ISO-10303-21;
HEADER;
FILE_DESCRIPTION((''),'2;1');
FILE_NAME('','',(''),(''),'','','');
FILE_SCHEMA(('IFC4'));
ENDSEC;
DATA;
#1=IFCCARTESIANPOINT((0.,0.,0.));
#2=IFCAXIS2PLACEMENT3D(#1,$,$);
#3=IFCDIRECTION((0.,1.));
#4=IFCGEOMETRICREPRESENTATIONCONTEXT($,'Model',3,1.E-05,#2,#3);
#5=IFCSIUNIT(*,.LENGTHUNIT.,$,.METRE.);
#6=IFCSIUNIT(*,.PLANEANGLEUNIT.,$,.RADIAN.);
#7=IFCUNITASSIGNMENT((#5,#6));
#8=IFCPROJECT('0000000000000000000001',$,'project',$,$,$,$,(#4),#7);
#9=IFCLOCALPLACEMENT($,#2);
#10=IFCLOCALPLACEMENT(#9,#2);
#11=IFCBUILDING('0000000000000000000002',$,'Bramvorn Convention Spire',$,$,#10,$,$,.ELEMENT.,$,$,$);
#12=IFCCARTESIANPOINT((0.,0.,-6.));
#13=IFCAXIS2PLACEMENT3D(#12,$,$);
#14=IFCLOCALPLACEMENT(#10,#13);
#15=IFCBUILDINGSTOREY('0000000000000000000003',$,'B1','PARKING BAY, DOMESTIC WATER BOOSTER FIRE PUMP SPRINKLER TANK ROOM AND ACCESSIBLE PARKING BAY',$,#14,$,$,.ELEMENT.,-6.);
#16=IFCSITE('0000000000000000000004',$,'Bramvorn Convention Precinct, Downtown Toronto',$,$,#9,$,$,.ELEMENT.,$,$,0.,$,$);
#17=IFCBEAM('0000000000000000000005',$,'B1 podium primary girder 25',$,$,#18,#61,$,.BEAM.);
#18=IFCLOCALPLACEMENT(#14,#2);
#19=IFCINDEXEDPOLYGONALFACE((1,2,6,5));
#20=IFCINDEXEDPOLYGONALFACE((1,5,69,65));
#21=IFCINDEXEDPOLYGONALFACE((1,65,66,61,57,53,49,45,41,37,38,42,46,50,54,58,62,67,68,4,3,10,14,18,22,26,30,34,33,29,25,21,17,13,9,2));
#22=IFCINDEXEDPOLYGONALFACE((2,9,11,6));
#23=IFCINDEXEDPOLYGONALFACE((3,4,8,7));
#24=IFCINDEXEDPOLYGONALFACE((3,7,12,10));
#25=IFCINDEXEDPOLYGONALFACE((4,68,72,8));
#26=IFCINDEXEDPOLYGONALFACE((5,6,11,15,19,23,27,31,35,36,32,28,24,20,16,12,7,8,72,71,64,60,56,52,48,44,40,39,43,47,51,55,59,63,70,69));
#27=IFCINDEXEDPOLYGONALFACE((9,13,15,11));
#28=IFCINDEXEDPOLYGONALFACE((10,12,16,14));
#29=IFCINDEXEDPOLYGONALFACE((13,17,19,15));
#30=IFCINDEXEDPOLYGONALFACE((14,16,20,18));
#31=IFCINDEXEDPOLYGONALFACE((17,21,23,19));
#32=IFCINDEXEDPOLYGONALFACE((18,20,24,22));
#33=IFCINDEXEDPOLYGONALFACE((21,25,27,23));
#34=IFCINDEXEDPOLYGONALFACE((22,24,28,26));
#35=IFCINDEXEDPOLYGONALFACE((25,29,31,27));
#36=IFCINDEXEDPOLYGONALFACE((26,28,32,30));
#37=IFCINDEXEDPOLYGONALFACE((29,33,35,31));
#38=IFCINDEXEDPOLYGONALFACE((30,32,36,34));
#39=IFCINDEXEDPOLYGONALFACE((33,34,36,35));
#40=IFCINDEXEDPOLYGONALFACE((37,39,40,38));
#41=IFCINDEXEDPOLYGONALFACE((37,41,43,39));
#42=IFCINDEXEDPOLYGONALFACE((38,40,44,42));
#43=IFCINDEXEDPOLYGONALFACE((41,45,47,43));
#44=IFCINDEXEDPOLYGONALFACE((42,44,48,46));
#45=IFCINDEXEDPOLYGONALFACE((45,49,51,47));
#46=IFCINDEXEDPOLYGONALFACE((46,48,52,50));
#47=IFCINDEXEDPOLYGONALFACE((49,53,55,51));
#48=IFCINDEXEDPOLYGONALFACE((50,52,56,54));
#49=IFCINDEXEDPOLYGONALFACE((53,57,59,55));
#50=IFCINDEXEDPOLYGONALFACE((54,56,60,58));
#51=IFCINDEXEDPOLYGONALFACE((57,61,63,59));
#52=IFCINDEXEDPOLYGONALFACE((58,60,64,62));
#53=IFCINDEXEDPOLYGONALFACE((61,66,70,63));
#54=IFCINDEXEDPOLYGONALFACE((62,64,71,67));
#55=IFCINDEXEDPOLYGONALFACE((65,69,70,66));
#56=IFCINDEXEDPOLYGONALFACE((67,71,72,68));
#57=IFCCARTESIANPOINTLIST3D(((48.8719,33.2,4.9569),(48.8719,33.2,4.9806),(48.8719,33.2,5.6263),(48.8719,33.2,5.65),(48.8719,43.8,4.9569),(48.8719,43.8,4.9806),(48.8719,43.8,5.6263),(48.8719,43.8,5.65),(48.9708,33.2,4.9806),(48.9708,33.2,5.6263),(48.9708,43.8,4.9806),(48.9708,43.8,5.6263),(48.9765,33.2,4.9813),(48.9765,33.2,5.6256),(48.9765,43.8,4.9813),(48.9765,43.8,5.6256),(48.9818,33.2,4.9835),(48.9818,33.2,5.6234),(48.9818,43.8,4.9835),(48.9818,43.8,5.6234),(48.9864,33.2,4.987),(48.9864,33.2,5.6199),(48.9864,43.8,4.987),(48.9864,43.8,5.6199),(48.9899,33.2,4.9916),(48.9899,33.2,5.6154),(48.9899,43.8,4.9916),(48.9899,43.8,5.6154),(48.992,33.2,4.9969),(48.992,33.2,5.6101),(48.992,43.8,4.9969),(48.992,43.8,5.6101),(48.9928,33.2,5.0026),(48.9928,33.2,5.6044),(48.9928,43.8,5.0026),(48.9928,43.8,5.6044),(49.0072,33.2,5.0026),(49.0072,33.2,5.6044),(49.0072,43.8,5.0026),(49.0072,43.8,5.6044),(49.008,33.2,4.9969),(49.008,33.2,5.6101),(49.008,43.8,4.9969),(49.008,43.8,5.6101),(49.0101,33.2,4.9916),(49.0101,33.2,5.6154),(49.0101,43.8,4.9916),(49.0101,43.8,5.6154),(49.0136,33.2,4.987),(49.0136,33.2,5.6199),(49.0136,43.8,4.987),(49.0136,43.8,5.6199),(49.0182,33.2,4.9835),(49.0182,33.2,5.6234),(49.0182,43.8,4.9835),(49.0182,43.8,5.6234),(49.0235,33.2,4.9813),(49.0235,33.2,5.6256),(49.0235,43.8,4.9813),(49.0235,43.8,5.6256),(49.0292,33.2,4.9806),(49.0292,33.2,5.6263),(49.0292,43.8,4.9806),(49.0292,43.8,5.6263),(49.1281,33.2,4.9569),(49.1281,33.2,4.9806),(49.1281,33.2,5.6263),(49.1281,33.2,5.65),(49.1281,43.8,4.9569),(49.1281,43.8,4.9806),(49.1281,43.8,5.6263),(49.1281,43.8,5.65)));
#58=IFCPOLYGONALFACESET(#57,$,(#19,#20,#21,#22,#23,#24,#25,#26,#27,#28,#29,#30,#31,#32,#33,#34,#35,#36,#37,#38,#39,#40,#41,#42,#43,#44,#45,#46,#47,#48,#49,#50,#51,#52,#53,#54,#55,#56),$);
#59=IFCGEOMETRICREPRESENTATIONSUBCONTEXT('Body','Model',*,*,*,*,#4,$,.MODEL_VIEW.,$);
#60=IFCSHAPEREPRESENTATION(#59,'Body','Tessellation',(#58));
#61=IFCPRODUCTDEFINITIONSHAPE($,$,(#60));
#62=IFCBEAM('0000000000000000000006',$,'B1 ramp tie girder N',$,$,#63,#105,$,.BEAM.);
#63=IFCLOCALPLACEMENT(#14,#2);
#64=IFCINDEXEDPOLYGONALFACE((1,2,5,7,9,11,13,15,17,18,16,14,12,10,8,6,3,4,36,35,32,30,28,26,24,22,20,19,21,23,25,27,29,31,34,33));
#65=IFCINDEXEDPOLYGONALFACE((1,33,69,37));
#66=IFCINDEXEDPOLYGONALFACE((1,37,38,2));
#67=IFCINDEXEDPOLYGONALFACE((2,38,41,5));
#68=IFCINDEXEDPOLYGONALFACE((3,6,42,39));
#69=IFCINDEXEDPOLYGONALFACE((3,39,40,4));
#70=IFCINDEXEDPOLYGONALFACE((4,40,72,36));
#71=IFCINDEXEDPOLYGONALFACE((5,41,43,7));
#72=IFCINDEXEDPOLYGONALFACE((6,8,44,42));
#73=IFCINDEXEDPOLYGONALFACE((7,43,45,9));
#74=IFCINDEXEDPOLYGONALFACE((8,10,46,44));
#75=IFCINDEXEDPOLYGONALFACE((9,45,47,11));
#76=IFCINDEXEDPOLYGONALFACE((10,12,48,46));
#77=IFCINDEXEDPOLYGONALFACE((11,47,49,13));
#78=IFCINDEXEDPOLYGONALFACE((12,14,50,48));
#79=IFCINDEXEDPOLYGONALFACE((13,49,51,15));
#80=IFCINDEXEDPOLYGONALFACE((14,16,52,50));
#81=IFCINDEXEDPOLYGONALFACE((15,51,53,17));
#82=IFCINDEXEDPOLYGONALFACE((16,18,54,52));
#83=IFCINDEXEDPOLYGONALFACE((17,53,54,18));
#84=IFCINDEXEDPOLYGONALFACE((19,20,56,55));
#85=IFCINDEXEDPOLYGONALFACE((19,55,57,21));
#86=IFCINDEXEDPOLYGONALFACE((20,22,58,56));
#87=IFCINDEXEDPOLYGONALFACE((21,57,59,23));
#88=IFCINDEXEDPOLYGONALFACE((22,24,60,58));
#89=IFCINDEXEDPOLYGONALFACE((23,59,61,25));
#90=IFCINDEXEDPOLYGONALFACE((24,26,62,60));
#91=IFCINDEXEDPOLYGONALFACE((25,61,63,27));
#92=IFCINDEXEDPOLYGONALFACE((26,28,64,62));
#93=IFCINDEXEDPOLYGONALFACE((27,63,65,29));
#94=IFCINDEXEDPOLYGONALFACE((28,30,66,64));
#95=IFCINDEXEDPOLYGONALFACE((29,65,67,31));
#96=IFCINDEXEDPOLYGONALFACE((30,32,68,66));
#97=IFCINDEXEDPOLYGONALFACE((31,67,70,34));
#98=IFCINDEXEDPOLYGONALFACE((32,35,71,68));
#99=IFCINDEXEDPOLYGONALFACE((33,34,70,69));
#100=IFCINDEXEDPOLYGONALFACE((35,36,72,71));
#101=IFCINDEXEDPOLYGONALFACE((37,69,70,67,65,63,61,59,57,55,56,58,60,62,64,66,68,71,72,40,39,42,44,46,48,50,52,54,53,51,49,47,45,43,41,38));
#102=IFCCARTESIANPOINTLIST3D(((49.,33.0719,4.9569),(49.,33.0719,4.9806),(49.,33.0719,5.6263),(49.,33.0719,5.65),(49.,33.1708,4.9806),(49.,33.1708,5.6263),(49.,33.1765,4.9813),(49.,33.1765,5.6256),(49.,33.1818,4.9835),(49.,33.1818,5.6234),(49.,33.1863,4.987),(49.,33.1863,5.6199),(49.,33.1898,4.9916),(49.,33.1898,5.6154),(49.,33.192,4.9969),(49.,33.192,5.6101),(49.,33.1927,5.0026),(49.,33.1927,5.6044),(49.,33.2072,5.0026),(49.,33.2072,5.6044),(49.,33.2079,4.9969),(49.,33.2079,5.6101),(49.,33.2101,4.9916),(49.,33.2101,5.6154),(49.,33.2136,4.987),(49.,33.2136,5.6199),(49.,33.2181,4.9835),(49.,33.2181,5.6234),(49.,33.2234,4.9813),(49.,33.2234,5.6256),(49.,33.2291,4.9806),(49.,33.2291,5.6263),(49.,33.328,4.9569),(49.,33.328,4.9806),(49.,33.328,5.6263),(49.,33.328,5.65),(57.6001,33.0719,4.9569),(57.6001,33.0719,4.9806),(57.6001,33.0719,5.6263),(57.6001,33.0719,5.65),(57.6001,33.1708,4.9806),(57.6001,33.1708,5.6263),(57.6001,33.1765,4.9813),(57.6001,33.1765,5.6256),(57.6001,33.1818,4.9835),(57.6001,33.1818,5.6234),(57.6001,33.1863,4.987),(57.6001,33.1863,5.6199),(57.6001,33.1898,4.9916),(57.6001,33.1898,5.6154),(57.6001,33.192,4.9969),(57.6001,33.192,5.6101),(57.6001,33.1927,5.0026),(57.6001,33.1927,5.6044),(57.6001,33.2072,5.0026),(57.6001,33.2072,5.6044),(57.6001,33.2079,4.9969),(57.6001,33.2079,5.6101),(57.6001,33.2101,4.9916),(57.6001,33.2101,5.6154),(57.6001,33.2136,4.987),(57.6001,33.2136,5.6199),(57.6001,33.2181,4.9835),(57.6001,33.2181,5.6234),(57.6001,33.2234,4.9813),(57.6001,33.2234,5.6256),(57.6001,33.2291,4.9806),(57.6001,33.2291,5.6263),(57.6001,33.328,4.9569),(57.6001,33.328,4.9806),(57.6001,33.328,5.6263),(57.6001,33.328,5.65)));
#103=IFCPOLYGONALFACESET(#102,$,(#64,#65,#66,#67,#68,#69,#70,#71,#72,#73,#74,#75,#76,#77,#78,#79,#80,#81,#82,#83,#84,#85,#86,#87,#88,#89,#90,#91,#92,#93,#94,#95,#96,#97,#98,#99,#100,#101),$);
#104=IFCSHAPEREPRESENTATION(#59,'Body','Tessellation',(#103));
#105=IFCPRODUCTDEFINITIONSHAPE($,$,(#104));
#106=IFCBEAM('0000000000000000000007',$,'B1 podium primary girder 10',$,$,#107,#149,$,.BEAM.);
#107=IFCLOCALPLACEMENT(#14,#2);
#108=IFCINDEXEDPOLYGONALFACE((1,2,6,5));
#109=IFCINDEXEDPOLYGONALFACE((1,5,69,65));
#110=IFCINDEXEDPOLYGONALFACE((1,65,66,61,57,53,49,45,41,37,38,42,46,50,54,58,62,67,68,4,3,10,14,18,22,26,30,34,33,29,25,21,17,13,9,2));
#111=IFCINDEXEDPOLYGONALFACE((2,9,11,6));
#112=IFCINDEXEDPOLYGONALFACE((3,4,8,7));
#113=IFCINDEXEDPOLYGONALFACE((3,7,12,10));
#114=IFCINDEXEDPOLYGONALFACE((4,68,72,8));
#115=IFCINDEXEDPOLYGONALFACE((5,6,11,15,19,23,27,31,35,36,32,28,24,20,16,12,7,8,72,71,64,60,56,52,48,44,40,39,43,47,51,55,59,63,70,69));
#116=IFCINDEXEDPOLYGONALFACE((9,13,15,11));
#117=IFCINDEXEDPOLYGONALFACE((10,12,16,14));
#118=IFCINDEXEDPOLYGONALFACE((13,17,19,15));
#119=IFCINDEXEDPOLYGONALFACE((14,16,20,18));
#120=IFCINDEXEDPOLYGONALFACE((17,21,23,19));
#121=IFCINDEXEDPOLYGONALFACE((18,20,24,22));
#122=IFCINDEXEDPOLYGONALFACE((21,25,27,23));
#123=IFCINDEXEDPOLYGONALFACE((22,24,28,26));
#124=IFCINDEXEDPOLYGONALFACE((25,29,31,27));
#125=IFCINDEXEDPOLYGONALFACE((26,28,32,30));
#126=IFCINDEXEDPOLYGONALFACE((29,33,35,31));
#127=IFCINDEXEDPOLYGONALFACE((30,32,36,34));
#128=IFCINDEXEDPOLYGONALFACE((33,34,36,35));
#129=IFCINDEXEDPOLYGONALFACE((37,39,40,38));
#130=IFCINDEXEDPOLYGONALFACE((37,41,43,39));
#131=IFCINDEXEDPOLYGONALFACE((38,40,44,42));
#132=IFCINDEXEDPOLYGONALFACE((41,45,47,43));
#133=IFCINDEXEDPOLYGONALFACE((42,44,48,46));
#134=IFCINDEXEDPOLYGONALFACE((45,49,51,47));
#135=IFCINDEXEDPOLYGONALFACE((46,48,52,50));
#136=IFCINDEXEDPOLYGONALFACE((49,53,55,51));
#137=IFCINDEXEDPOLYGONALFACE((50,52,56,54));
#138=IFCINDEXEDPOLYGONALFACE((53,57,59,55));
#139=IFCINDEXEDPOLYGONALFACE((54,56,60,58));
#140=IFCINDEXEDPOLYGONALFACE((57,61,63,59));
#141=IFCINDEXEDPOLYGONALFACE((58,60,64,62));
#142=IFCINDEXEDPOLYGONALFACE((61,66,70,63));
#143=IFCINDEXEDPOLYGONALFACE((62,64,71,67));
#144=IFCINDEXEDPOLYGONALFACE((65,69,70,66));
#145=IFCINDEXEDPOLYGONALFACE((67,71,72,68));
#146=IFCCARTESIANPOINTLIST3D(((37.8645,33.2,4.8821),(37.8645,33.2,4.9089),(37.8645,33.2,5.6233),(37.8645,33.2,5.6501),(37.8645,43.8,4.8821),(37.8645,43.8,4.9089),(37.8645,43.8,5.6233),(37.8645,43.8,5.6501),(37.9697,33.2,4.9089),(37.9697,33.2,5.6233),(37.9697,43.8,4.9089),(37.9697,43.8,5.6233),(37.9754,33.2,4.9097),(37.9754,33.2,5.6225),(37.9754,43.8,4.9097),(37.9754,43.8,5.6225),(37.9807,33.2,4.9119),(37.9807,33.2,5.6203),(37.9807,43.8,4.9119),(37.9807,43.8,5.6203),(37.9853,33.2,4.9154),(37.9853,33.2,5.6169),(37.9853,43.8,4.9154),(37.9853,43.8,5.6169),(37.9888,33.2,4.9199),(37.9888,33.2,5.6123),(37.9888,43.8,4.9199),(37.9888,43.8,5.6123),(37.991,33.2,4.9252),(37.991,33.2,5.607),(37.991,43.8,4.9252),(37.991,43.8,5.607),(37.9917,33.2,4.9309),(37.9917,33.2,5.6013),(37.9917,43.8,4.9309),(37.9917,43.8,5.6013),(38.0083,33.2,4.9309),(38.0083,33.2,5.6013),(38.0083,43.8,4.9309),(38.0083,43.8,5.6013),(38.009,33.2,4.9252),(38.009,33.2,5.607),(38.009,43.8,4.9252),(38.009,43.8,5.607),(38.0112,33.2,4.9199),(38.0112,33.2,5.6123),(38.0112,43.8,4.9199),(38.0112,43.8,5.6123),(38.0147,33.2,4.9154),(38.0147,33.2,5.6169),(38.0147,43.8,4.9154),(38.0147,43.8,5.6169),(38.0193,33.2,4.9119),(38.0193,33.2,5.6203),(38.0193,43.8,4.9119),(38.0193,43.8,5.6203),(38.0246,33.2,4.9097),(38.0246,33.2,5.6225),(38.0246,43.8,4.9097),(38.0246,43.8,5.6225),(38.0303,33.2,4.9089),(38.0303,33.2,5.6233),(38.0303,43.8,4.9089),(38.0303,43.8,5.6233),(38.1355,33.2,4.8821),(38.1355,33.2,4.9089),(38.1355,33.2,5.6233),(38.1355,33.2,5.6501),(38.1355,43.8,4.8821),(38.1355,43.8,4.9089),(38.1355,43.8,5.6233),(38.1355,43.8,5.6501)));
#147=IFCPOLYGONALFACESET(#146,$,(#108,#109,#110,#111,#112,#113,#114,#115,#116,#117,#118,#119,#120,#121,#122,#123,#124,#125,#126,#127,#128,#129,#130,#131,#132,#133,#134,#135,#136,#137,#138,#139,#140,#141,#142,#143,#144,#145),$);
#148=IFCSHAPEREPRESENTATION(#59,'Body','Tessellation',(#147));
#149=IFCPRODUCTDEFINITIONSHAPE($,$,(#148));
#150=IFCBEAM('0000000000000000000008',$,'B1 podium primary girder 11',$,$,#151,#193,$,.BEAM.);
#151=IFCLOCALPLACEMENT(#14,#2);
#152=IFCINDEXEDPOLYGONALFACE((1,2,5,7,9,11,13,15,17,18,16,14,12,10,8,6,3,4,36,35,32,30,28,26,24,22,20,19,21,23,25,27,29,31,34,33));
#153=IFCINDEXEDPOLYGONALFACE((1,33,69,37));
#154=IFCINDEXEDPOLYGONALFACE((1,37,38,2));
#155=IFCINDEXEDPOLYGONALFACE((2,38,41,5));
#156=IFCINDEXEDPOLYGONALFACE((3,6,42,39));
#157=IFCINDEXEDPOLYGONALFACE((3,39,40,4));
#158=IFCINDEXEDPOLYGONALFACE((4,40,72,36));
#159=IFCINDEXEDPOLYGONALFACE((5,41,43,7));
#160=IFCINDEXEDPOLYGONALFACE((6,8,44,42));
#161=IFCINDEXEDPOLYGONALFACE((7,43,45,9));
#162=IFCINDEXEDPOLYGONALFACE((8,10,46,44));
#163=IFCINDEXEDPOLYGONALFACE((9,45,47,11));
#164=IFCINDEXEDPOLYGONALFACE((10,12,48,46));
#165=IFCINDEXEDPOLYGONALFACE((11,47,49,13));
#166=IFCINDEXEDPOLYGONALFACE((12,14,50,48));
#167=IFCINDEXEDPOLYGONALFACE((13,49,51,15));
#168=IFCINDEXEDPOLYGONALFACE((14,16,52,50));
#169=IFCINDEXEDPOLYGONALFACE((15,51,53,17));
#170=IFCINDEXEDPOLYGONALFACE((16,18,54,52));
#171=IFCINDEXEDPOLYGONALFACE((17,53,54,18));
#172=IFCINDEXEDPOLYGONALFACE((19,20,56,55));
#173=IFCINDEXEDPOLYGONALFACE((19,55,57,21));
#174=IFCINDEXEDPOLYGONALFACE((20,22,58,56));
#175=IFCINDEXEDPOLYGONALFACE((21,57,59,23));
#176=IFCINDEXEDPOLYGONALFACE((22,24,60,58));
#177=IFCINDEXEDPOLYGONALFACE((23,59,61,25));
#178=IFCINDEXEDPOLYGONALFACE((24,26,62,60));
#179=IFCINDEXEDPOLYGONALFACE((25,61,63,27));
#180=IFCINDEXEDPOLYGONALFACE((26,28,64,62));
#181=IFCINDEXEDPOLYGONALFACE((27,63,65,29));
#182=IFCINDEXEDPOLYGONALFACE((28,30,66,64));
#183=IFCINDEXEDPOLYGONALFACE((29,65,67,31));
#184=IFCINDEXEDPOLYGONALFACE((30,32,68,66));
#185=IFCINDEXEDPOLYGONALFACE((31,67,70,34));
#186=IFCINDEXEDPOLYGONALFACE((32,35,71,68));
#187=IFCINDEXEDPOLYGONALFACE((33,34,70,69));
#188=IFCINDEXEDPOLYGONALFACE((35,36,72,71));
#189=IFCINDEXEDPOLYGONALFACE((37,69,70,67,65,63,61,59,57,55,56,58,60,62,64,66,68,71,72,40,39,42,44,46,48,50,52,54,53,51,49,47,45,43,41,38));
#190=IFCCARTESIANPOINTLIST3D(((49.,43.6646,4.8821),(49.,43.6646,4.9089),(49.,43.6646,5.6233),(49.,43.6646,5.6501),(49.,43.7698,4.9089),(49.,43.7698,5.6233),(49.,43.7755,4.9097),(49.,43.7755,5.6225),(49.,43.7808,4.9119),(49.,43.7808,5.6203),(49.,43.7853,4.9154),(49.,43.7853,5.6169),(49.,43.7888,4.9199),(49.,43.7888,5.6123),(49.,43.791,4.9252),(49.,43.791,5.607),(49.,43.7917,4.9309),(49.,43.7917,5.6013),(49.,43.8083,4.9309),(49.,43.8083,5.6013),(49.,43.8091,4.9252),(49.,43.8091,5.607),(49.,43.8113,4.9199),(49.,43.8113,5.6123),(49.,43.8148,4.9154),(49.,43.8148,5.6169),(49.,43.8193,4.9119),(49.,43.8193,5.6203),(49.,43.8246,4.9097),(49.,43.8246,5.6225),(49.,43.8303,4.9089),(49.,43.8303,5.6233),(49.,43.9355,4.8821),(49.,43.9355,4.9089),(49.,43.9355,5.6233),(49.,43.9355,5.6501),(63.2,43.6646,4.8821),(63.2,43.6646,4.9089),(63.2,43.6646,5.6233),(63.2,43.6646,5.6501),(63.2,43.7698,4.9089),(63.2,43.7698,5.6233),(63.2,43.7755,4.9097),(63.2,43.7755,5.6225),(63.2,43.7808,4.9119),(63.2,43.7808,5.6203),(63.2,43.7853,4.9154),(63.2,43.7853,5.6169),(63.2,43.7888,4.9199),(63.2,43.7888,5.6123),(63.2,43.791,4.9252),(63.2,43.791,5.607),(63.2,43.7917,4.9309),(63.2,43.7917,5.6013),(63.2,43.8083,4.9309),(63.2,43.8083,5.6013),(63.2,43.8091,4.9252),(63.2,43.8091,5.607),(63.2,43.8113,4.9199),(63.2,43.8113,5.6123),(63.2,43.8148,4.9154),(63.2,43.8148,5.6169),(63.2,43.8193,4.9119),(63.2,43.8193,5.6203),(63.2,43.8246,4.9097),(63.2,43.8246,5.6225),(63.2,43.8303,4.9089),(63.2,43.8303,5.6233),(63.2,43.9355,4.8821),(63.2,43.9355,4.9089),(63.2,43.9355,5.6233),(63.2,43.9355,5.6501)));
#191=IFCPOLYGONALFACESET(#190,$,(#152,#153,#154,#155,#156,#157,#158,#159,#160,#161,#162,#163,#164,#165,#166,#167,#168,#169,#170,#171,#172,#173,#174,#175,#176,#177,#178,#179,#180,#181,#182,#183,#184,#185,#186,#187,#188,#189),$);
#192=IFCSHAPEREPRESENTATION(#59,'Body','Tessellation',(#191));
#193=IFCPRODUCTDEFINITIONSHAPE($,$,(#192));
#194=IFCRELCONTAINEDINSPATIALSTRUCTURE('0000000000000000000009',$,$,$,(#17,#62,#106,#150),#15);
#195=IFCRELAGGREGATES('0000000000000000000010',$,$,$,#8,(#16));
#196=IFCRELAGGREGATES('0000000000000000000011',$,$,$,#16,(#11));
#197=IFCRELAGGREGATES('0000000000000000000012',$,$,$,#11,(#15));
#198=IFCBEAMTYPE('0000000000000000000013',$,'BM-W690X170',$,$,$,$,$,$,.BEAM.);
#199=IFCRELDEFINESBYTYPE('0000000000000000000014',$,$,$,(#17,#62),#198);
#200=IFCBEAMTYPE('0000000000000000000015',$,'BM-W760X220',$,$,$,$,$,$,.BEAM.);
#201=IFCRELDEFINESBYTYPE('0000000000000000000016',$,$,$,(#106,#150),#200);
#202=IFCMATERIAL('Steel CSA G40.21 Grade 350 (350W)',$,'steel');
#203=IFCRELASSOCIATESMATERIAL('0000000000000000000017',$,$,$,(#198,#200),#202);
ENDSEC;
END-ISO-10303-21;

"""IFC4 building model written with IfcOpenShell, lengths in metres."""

from ifc_helpers import new_model, si_unit, direction, frame, origin, origin_2d, place, context, subcontext, project, spatial, i_section, extrude, material, material_profile, profile_set, type_object, element, save


model = new_model("IFC4")

# Units and contexts
model_context = context("Model", 3, precision=1e-05, world=origin(), true_north=direction((0.0, 1.0)))
body_context = subcontext(model_context, "Body", "Model", "MODEL_VIEW")
ifc_project = project(units=[si_unit("LENGTHUNIT", "METRE"), si_unit("PLANEANGLEUNIT", "RADIAN")], contexts=[model_context])

# Site, building, storey
site_placement = place(None, origin())
site = spatial("IfcSite", under=ifc_project, at=site_placement, Name="Bramvorn Convention Precinct, Downtown Toronto", CompositionType="ELEMENT", RefElevation=0.0)
building_placement = place(site_placement, origin())
building = spatial("IfcBuilding", under=site, at=building_placement, Name="Bramvorn Convention Spire", CompositionType="ELEMENT")
storey_placement = place(building_placement, frame((0.0, 0.0, -6.0)))
storey = spatial("IfcBuildingStorey", under=building, at=storey_placement, Name="B1", Description="PARKING BAY, DOMESTIC WATER BOOSTER FIRE PUMP SPRINKLER TANK ROOM AND ACCESSIBLE PARKING BAY", CompositionType="ELEMENT", Elevation=-6.0)

# Shared definitions
ifc_material_1 = material(Name="Steel CSA G40.21 Grade 350 (350W)", Category="steel")

# Beams
ifc_material_profile_1 = material_profile(ifc_material_1, i_section(OverallWidth=0.2561, OverallDepth=0.6931, WebThickness=0.0144, FlangeThickness=0.0237, FilletRadius=0.022, at=origin_2d()))
ifc_profile_set_1 = profile_set([ifc_material_profile_1], Name="Steel CSA G40.21 Grade 350 (350W) - W690X170")
beam_type_1 = type_object("IfcBeamType", Name="BM-W690X170", PredefinedType="BEAM", material=ifc_profile_set_1)
beam_1_placement = place(storey_placement, frame((49.0, 33.2, 5.3035), z_axis=(0.0, 1.0, 0.0), x_axis=(-1.0, 0.0, 0.0)))
element("IfcBeam", 1, at=beam_1_placement, inside=storey, type_object=beam_type_1, Name="B1 podium primary girder 25", PredefinedType="BEAM", context=body_context, shape_type="SweptSolid", body=[
    extrude(i_section(OverallWidth=0.2561, OverallDepth=0.6931, WebThickness=0.0144, FlangeThickness=0.0237, FilletRadius=0.022, at=origin_2d()), origin(), (0.0, 0.0, 1.0), 10.6001),
])
beam_2_placement = place(storey_placement, frame((49.0, 33.2, 5.3035), z_axis=(1.0, 0.0, 0.0), x_axis=(0.0, 1.0, 0.0)))
element("IfcBeam", 2, at=beam_2_placement, inside=storey, type_object=beam_type_1, Name="B1 ramp tie girder N", PredefinedType="BEAM", context=body_context, shape_type="SweptSolid", body=[
    extrude(i_section(OverallWidth=0.2561, OverallDepth=0.6931, WebThickness=0.0144, FlangeThickness=0.0237, FilletRadius=0.022, at=origin_2d()), origin(), (0.0, 0.0, 1.0), 8.6001),
])
ifc_material_profile_2 = material_profile(ifc_material_1, i_section(OverallWidth=0.271, OverallDepth=0.7681, WebThickness=0.0166, FlangeThickness=0.0269, FilletRadius=0.022, at=origin_2d()))
ifc_profile_set_2 = profile_set([ifc_material_profile_2], Name="Steel CSA G40.21 Grade 350 (350W) - W760X220")
beam_type_2 = type_object("IfcBeamType", Name="BM-W760X220", PredefinedType="BEAM", material=ifc_profile_set_2)
beam_3_placement = place(storey_placement, frame((38.0, 33.2, 5.2661), z_axis=(0.0, 1.0, 0.0), x_axis=(-1.0, 0.0, 0.0)))
element("IfcBeam", 3, at=beam_3_placement, inside=storey, type_object=beam_type_2, Name="B1 podium primary girder 10", PredefinedType="BEAM", context=body_context, shape_type="SweptSolid", body=[
    extrude(i_section(OverallWidth=0.271, OverallDepth=0.7681, WebThickness=0.0166, FlangeThickness=0.0269, FilletRadius=0.022, at=origin_2d()), origin(), (0.0, 0.0, 1.0), 10.6001),
])
beam_4_placement = place(storey_placement, frame((49.0, 43.8, 5.2661), z_axis=(1.0, 0.0, 0.0), x_axis=(0.0, 1.0, 0.0)))
element("IfcBeam", 4, at=beam_4_placement, inside=storey, type_object=beam_type_2, Name="B1 podium primary girder 11", PredefinedType="BEAM", context=body_context, shape_type="SweptSolid", body=[
    extrude(i_section(OverallWidth=0.271, OverallDepth=0.7681, WebThickness=0.0166, FlangeThickness=0.0269, FilletRadius=0.022, at=origin_2d()), origin(), (0.0, 0.0, 1.0), 14.2),
])

save(model, "model.ifc")
